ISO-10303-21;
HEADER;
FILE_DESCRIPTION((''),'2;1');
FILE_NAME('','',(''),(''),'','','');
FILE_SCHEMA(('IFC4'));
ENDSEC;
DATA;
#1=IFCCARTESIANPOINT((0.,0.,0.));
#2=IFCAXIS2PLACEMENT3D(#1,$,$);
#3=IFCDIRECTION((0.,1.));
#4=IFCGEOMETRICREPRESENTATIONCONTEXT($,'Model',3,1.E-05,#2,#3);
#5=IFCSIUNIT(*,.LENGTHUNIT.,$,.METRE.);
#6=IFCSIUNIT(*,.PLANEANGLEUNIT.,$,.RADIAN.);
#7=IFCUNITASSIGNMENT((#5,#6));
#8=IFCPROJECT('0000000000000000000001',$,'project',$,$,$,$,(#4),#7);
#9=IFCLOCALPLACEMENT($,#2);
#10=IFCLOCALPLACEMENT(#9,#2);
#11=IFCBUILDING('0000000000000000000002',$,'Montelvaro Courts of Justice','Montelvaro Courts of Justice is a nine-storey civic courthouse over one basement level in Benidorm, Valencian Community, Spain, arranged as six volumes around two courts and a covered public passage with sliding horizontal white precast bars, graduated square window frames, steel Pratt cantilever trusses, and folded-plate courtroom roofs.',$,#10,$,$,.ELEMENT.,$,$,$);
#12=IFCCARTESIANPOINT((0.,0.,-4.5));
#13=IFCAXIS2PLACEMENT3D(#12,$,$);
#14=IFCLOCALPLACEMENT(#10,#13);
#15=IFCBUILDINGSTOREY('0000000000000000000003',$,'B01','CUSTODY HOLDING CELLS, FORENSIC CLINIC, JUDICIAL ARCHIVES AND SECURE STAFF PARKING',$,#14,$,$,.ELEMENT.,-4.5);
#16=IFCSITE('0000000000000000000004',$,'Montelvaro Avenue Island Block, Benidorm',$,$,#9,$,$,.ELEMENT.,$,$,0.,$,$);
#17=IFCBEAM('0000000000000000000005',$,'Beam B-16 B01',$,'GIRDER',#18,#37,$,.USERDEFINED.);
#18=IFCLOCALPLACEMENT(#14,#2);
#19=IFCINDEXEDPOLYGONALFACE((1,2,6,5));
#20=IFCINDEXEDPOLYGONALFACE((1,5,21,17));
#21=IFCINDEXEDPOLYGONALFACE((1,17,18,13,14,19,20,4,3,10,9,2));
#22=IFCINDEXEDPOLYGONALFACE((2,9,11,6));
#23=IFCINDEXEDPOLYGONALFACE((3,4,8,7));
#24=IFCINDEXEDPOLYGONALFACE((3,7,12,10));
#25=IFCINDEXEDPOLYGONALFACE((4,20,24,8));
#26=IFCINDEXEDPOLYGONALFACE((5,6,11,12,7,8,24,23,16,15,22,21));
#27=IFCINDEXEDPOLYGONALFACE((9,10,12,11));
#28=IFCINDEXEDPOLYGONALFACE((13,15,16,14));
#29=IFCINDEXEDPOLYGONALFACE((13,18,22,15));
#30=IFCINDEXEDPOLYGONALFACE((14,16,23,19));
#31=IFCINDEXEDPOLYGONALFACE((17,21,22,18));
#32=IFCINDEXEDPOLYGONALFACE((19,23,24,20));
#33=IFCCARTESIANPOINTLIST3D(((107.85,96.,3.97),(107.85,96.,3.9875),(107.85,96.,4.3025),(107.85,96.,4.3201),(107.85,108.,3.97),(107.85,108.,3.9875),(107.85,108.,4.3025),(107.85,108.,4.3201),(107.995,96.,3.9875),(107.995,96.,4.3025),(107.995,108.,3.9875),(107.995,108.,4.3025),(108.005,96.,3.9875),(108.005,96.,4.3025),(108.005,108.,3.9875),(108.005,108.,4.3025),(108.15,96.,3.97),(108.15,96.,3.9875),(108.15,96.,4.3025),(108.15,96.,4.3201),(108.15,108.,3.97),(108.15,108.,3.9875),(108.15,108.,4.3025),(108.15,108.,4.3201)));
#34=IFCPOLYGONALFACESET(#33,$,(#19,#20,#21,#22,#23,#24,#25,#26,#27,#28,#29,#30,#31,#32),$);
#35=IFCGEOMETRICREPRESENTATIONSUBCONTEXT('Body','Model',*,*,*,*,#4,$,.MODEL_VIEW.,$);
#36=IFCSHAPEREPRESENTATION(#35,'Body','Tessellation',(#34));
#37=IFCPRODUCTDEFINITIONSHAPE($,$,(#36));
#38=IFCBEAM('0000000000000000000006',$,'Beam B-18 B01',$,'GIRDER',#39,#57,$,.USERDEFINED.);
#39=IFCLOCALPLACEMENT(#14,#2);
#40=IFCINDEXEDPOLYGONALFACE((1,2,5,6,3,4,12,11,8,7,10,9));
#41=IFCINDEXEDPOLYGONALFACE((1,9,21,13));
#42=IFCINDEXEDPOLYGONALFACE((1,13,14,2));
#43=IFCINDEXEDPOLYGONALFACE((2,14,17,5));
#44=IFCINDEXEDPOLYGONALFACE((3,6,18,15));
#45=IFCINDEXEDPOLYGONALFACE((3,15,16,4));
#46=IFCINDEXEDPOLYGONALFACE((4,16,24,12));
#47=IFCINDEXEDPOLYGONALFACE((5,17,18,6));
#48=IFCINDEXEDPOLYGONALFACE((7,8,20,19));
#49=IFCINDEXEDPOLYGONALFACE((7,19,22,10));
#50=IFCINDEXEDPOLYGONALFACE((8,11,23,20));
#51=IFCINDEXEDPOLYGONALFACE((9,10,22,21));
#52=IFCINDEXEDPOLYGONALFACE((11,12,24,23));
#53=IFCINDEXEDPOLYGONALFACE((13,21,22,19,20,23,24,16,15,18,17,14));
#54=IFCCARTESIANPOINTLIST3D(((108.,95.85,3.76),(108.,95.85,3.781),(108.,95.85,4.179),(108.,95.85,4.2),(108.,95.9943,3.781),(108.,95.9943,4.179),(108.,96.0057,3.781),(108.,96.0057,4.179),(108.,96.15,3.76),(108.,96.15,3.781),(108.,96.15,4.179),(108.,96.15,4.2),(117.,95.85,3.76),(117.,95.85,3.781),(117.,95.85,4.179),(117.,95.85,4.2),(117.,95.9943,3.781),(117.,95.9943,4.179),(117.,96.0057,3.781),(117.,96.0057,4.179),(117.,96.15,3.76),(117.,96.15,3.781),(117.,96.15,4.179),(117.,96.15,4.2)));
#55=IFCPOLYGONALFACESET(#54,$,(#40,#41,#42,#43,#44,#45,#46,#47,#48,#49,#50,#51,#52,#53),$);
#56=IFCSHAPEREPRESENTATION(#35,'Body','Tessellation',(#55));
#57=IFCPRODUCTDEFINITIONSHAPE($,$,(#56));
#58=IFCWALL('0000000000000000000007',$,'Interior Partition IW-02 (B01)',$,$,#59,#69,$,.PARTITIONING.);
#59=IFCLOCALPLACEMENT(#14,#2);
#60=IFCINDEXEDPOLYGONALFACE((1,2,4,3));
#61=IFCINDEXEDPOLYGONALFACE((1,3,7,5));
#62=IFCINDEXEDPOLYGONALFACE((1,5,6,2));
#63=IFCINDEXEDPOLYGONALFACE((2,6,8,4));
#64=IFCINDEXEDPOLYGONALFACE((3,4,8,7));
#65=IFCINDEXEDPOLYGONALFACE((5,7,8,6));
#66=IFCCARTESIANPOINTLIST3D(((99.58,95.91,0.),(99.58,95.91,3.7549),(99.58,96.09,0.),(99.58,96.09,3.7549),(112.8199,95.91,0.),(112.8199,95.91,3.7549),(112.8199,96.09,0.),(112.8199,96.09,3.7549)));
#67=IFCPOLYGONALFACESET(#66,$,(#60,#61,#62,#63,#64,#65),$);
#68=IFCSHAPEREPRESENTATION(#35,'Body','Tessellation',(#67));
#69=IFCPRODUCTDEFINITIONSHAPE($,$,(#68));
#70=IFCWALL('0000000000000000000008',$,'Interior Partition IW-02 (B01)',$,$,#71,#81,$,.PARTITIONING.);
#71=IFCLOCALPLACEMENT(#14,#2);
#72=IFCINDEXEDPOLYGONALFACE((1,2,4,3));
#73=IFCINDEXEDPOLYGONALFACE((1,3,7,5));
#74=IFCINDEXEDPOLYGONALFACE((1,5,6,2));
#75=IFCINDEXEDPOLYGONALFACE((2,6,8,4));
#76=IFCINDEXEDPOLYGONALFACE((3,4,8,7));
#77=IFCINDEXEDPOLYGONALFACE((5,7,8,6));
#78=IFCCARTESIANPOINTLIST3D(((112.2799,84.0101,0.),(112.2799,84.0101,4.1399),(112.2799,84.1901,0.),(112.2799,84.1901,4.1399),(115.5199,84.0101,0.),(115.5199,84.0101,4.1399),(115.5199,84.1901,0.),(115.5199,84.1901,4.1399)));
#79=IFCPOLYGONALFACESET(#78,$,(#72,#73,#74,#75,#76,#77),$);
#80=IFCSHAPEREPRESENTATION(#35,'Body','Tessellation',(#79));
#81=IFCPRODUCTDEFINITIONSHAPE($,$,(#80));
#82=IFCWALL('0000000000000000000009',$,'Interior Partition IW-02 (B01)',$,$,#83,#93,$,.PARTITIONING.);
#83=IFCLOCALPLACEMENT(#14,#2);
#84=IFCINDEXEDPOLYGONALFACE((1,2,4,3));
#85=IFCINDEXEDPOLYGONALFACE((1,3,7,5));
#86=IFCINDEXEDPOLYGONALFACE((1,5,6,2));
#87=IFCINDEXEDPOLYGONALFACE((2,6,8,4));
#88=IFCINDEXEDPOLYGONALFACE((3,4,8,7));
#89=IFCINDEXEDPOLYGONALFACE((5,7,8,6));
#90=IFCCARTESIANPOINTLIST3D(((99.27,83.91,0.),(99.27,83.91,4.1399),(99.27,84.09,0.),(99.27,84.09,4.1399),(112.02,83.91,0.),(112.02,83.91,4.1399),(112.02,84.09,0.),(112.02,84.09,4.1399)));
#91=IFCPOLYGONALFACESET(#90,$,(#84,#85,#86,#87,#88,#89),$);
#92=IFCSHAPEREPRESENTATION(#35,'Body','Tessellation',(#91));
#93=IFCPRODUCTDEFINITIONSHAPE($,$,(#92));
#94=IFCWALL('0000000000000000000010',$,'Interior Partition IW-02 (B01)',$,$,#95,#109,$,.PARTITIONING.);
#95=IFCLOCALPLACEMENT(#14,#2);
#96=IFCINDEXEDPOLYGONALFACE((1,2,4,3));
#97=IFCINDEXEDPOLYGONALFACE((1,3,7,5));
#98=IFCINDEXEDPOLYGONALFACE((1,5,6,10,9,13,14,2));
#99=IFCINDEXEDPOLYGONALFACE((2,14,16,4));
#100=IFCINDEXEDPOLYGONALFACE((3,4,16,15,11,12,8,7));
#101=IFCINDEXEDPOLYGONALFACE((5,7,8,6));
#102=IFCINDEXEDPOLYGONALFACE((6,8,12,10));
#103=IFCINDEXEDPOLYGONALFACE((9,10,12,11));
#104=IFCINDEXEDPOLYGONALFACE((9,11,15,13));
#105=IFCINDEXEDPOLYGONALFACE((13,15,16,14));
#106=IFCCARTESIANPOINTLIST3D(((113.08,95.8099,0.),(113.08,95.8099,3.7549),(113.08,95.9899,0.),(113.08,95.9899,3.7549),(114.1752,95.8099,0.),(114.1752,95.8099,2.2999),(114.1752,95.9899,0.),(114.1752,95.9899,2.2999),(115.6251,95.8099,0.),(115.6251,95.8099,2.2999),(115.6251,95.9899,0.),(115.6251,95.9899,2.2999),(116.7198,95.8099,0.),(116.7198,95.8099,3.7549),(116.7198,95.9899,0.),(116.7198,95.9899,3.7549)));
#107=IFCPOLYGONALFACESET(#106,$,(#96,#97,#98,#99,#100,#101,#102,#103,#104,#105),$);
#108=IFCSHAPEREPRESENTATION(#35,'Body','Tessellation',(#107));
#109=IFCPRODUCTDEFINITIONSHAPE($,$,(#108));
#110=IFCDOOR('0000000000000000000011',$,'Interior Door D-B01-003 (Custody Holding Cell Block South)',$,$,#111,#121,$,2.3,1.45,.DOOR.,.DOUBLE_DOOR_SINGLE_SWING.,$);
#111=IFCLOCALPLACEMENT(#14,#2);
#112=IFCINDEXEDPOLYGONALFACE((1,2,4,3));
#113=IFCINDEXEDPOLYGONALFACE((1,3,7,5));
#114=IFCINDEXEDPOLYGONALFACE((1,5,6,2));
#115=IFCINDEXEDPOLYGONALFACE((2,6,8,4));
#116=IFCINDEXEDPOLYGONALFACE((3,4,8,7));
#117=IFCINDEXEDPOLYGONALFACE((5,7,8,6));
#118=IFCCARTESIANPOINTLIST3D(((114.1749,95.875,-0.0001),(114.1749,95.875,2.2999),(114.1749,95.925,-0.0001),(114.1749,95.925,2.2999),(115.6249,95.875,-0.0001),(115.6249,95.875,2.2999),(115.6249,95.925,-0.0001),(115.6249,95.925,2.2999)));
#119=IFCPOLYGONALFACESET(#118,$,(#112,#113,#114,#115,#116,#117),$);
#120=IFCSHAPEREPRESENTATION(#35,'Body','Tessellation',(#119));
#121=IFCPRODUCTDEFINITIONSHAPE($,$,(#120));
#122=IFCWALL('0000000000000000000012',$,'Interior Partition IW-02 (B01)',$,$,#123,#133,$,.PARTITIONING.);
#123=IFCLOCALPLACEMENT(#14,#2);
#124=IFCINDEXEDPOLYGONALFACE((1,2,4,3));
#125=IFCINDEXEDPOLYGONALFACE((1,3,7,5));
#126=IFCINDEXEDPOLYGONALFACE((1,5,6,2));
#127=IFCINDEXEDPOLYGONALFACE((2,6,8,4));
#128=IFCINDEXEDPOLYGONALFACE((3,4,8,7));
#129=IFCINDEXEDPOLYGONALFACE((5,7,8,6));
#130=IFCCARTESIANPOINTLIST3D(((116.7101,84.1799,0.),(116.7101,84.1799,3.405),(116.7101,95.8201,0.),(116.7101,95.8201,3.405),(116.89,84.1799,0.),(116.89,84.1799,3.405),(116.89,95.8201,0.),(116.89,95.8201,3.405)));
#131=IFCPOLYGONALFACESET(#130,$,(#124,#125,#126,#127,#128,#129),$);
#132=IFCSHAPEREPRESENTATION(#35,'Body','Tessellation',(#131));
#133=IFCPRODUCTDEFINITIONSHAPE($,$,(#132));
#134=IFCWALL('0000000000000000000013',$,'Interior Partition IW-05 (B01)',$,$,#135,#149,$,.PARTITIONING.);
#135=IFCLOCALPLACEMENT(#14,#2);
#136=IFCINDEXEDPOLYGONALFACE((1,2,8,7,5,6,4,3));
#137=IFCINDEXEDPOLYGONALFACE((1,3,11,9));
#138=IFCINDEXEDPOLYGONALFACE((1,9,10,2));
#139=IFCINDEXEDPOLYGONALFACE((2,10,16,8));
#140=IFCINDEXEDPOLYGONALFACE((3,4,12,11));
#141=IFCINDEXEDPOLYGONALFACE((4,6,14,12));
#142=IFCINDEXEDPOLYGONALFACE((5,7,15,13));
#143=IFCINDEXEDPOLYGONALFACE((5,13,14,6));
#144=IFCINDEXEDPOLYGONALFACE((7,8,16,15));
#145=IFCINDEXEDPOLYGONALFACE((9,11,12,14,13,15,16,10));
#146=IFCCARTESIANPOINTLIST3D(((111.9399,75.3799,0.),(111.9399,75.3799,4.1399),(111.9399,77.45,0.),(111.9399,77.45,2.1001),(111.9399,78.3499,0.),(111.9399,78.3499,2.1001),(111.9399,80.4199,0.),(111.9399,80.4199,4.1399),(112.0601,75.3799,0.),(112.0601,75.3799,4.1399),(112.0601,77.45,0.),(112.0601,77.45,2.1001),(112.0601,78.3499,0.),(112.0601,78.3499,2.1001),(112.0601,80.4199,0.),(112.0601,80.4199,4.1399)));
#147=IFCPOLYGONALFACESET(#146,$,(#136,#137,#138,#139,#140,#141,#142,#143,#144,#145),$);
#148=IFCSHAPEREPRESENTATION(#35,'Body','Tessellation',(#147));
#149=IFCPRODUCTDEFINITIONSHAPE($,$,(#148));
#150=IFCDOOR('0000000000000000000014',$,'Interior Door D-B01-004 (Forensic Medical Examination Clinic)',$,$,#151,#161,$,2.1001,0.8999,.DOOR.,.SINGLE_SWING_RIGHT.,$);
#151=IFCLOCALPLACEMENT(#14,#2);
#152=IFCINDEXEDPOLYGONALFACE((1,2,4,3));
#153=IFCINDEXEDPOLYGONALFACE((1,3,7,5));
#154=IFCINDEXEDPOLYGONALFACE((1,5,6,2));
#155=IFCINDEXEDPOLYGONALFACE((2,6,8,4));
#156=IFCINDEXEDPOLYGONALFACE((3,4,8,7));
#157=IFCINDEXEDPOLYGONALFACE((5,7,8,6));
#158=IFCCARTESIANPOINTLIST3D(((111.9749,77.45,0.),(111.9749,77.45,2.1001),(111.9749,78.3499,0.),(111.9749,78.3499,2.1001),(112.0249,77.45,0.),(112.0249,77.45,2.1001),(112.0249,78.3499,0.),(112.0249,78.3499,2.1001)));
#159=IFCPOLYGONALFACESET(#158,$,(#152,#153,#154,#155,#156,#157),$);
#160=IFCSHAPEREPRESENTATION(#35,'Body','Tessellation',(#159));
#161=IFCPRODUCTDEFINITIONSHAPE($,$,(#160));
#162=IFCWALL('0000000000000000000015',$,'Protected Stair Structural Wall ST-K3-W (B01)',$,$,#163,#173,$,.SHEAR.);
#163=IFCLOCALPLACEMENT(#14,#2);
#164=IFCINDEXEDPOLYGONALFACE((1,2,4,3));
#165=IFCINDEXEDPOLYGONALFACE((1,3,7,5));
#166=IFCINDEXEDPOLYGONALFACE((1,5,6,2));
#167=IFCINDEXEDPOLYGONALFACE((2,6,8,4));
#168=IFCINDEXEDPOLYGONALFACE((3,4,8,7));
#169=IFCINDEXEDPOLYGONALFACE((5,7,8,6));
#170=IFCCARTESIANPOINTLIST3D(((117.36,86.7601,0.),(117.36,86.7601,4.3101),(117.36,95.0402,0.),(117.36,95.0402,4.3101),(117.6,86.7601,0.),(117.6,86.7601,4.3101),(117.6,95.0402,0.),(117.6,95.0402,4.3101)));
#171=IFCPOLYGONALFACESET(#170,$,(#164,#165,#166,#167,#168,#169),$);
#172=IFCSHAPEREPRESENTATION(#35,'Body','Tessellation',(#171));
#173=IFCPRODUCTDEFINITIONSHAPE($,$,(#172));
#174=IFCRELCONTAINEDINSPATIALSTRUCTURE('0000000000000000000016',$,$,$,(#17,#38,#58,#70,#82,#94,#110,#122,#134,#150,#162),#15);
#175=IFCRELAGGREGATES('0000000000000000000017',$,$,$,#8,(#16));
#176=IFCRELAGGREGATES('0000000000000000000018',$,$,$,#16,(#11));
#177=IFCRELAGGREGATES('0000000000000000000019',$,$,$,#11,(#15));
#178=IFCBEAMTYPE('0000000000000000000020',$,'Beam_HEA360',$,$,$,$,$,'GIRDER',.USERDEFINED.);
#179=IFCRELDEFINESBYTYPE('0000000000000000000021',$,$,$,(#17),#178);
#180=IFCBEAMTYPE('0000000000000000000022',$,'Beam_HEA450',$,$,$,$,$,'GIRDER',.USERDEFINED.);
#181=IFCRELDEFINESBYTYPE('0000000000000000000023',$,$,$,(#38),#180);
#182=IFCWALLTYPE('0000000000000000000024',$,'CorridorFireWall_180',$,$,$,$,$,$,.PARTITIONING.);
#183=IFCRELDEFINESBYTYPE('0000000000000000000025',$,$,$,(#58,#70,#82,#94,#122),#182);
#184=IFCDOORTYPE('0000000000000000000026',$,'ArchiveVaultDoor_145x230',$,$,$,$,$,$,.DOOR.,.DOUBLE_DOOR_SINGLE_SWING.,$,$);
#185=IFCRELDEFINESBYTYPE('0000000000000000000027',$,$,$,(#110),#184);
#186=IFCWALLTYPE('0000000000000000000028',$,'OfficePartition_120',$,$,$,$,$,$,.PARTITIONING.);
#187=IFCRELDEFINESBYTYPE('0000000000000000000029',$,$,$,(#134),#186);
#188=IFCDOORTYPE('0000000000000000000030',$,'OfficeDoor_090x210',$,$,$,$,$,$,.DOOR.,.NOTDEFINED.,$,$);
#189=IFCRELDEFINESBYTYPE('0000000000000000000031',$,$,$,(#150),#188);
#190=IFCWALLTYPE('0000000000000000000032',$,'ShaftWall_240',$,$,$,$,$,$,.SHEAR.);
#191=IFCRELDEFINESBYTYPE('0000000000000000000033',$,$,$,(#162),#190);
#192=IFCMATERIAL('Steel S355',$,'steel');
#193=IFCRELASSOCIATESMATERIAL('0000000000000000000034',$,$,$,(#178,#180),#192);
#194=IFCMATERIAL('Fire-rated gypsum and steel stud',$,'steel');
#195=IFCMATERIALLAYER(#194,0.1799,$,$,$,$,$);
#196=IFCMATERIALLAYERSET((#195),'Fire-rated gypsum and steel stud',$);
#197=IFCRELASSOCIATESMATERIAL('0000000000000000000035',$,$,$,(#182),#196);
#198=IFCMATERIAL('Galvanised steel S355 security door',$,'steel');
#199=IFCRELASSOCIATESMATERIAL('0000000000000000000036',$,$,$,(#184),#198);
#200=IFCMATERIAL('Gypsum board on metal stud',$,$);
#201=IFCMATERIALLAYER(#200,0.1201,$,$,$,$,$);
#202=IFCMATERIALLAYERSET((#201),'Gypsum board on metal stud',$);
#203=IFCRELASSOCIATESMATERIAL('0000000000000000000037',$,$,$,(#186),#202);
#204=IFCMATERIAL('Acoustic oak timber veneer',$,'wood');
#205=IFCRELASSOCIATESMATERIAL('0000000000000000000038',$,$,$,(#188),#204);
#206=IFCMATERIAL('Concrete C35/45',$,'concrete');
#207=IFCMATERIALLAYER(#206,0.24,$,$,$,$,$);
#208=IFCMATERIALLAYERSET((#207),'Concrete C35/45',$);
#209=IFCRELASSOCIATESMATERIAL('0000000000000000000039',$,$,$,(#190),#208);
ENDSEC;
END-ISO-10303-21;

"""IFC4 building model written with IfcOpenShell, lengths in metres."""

from ifc_helpers import new_model, si_unit, direction, frame, frame_2d, origin, origin_2d, place, context, subcontext, project, spatial, rectangle, i_section, extrude, material, layer, layer_set, material_profile, profile_set, type_object, element, fill, save


model = new_model("IFC4")

# Units and contexts
model_context = context("Model", 3, precision=1e-05, world=origin(), true_north=direction((0.0, 1.0)))
body_context = subcontext(model_context, "Body", "Model", "MODEL_VIEW")
ifc_project = project(units=[si_unit("LENGTHUNIT", "METRE"), si_unit("PLANEANGLEUNIT", "RADIAN")], contexts=[model_context])

# Site, building, storey
site_placement = place(None, origin())
site = spatial("IfcSite", under=ifc_project, at=site_placement, Name="Montelvaro Avenue Island Block, Benidorm", CompositionType="ELEMENT", RefElevation=0.0)
building_placement = place(site_placement, origin())
building = spatial("IfcBuilding", under=site, at=building_placement, Name="Montelvaro Courts of Justice", Description="Montelvaro Courts of Justice is a nine-storey civic courthouse over one basement level in Benidorm, Valencian Community, Spain, arranged as six volumes around two courts and a covered public passage with sliding horizontal white precast bars, graduated square window frames, steel Pratt cantilever trusses, and folded-plate courtroom roofs.", CompositionType="ELEMENT")
storey_placement = place(building_placement, frame((0.0, 0.0, -4.5)))
storey = spatial("IfcBuildingStorey", under=building, at=storey_placement, Name="B01", Description="CUSTODY HOLDING CELLS, FORENSIC CLINIC, JUDICIAL ARCHIVES AND SECURE STAFF PARKING", CompositionType="ELEMENT", Elevation=-4.5)

# Shared definitions
ifc_material_1 = material(Name="Concrete C35/45", Category="concrete")

# Beams
ifc_material_2 = material(Name="Steel S355", Category="steel")
ifc_material_profile_1 = material_profile(ifc_material_2, i_section(OverallWidth=0.3, OverallDepth=0.3501, WebThickness=0.01, FlangeThickness=0.0176, at=origin_2d()), Name="HEA 360")
ifc_profile_set_1 = profile_set([ifc_material_profile_1], Name="Steel S355")
beam_type_1 = type_object("IfcBeamType", Name="Beam_HEA360", ElementType="GIRDER", PredefinedType="USERDEFINED", material=ifc_profile_set_1)
beam_1_placement = place(storey_placement, frame((108.0, 96.0, 4.145), z_axis=(0.0, 1.0, 0.0), x_axis=(-1.0, 0.0, 0.0)))
element("IfcBeam", 1, at=beam_1_placement, inside=storey, type_object=beam_type_1, Name="Beam B-16 B01", ObjectType="GIRDER", PredefinedType="USERDEFINED", context=body_context, shape_type="SweptSolid", body=[
    extrude(i_section(OverallWidth=0.3, OverallDepth=0.3501, WebThickness=0.01, FlangeThickness=0.0176, at=origin_2d()), origin(), (0.0, 0.0, 1.0), 12.0),
])
ifc_material_profile_2 = material_profile(ifc_material_2, i_section(OverallWidth=0.3, OverallDepth=0.4399, WebThickness=0.0115, FlangeThickness=0.021, at=origin_2d()), Name="HEA 450")
ifc_profile_set_2 = profile_set([ifc_material_profile_2], Name="Steel S355")
beam_type_2 = type_object("IfcBeamType", Name="Beam_HEA450", ElementType="GIRDER", PredefinedType="USERDEFINED", material=ifc_profile_set_2)
beam_2_placement = place(storey_placement, frame((108.0, 96.0, 3.98), z_axis=(1.0, 0.0, 0.0), x_axis=(0.0, 1.0, 0.0)))
element("IfcBeam", 2, at=beam_2_placement, inside=storey, type_object=beam_type_2, Name="Beam B-18 B01", ObjectType="GIRDER", PredefinedType="USERDEFINED", context=body_context, shape_type="SweptSolid", body=[
    extrude(i_section(OverallWidth=0.3, OverallDepth=0.4399, WebThickness=0.0115, FlangeThickness=0.021, at=origin_2d()), origin(), (0.0, 0.0, 1.0), 9.0),
])

# Walls
ifc_material_3 = material(Name="Fire-rated gypsum and steel stud", Category="steel")
ifc_layer_1 = layer(ifc_material_3, 0.1799)
ifc_layer_set_1 = layer_set([ifc_layer_1], Name="Fire-rated gypsum and steel stud")
wall_type_1 = type_object("IfcWallType", Name="CorridorFireWall_180", PredefinedType="PARTITIONING", material=ifc_layer_set_1)
wall_1_placement = place(storey_placement, frame((112.8201, 96.0, 0.0), z_axis=(0.0, 0.0, 1.0), x_axis=(-1.0, 0.0, 0.0)))
element("IfcWall", 3, at=wall_1_placement, inside=storey, type_object=wall_type_1, Name="Interior Partition IW-02 (B01)", PredefinedType="PARTITIONING", context=body_context, shape_type="SweptSolid", body=[
    extrude(rectangle(XDim=13.24, YDim=0.1799, at=frame_2d((6.6201, 0.0))), origin(), (0.0, 0.0, 1.0), 3.7549),
])
wall_2_placement = place(storey_placement, frame((115.52, 84.1001, 0.0), z_axis=(0.0, 0.0, 1.0), x_axis=(-1.0, 0.0, 0.0)))
element("IfcWall", 4, at=wall_2_placement, inside=storey, type_object=wall_type_1, Name="Interior Partition IW-02 (B01)", PredefinedType="PARTITIONING", context=body_context, shape_type="SweptSolid", body=[
    extrude(rectangle(XDim=3.24, YDim=0.1799, at=frame_2d((1.6201, 0.0))), origin(), (0.0, 0.0, 1.0), 4.1399),
])
wall_3_placement = place(storey_placement, frame((112.02, 84.0, 0.0), z_axis=(0.0, 0.0, 1.0), x_axis=(-1.0, 0.0, 0.0)))
element("IfcWall", 5, at=wall_3_placement, inside=storey, type_object=wall_type_1, Name="Interior Partition IW-02 (B01)", PredefinedType="PARTITIONING", context=body_context, shape_type="SweptSolid", body=[
    extrude(rectangle(XDim=12.75, YDim=0.1799, at=frame_2d((6.375, 0.0))), origin(), (0.0, 0.0, 1.0), 4.1399),
])

# Wall, opening, door
wall_4_placement = place(storey_placement, frame((113.0801, 95.8999, 0.0), z_axis=(0.0, 0.0, 1.0), x_axis=(1.0, 0.0, 0.0)))
wall_4 = element("IfcWall", 6, at=wall_4_placement, inside=storey, type_object=wall_type_1, Name="Interior Partition IW-02 (B01)", PredefinedType="PARTITIONING", context=body_context, shape_type="SweptSolid", body=[
    extrude(rectangle(XDim=3.6399, YDim=0.1799, at=frame_2d((1.8198, 0.0))), origin(), (0.0, 0.0, 1.0), 3.7549),
])
opening_1_placement = place(wall_4_placement, frame((1.095, 0.0, 0.0)))
opening_1 = element("IfcOpeningElement", 7, at=opening_1_placement, cuts=wall_4, PredefinedType="OPENING", context=body_context, shape_type="SweptSolid", body=[
    extrude(rectangle(XDim=1.45, YDim=2.3, at=frame_2d((0.7251, 1.1499))), frame((0.0, 0.105, 0.0), z_axis=(0.0, -1.0, 0.0), x_axis=(1.0, 0.0, 0.0)), (0.0, 0.0, 1.0), 0.2097),
])
ifc_material_4 = material(Name="Galvanised steel S355 security door", Category="steel")
door_type_1 = type_object("IfcDoorType", Name="ArchiveVaultDoor_145x230", OperationType="DOUBLE_DOOR_SINGLE_SWING", PredefinedType="DOOR", material=ifc_material_4)
door_1_placement = place(opening_1_placement, frame((1.45, 0.0, 0.0), z_axis=(0.0, 0.0, 1.0), x_axis=(-1.0, 0.0, 0.0)))
door_1 = element("IfcDoor", 8, at=door_1_placement, inside=storey, type_object=door_type_1, Name="Interior Door D-B01-003 (Custody Holding Cell Block South)", OperationType="DOUBLE_DOOR_SINGLE_SWING", OverallHeight=2.3, OverallWidth=1.45, PredefinedType="DOOR", context=body_context, shape_type="SweptSolid", body=[
    extrude(rectangle(XDim=1.45, YDim=2.3, at=frame_2d((0.7251, 1.1499))), frame((0.0, 0.0249, 0.0), z_axis=(0.0, -1.0, 0.0), x_axis=(1.0, 0.0, 0.0)), (0.0, 0.0, 1.0), 0.05),
])
fill(opening_1, door_1)

# Wall
wall_5_placement = place(storey_placement, frame((116.8, 95.8201, 0.0), z_axis=(0.0, 0.0, 1.0), x_axis=(0.0, -1.0, 0.0)))
element("IfcWall", 9, at=wall_5_placement, inside=storey, type_object=wall_type_1, Name="Interior Partition IW-02 (B01)", PredefinedType="PARTITIONING", context=body_context, shape_type="SweptSolid", body=[
    extrude(rectangle(XDim=11.6401, YDim=0.1799, at=frame_2d((5.8201, 0.0))), origin(), (0.0, 0.0, 1.0), 3.405),
])

# Wall, opening, door
ifc_material_5 = material(Name="Gypsum board on metal stud")
ifc_layer_2 = layer(ifc_material_5, 0.1201)
ifc_layer_set_2 = layer_set([ifc_layer_2], Name="Gypsum board on metal stud")
wall_type_2 = type_object("IfcWallType", Name="OfficePartition_120", PredefinedType="PARTITIONING", material=ifc_layer_set_2)
wall_6_placement = place(storey_placement, frame((112.0, 80.4199, 0.0), z_axis=(0.0, 0.0, 1.0), x_axis=(0.0, -1.0, 0.0)))
wall_6 = element("IfcWall", 10, at=wall_6_placement, inside=storey, type_object=wall_type_2, Name="Interior Partition IW-05 (B01)", PredefinedType="PARTITIONING", context=body_context, shape_type="SweptSolid", body=[
    extrude(rectangle(XDim=5.04, YDim=0.1201, at=frame_2d((2.52, 0.0))), origin(), (0.0, 0.0, 1.0), 4.1399),
])
opening_2_placement = place(wall_6_placement, frame((2.0701, 0.0, 0.0)))
opening_2 = element("IfcOpeningElement", 11, at=opening_2_placement, cuts=wall_6, PredefinedType="OPENING", context=body_context, shape_type="SweptSolid", body=[
    extrude(rectangle(XDim=0.8999, YDim=2.1001, at=frame_2d((0.45, 1.05))), frame((0.0, 0.075, 0.0), z_axis=(0.0, -1.0, 0.0), x_axis=(1.0, 0.0, 0.0)), (0.0, 0.0, 1.0), 0.1499),
])
ifc_material_6 = material(Name="Acoustic oak timber veneer", Category="wood")
door_type_2 = type_object("IfcDoorType", Name="OfficeDoor_090x210", OperationType="NOTDEFINED", PredefinedType="DOOR", material=ifc_material_6)
door_2_placement = place(opening_2_placement, origin())
door_2 = element("IfcDoor", 12, at=door_2_placement, inside=storey, type_object=door_type_2, Name="Interior Door D-B01-004 (Forensic Medical Examination Clinic)", OperationType="SINGLE_SWING_RIGHT", OverallHeight=2.1001, OverallWidth=0.8999, PredefinedType="DOOR", context=body_context, shape_type="SweptSolid", body=[
    extrude(rectangle(XDim=0.8999, YDim=2.1001, at=frame_2d((0.45, 1.05))), frame((0.0, 0.0249, 0.0), z_axis=(0.0, -1.0, 0.0), x_axis=(1.0, 0.0, 0.0)), (0.0, 0.0, 1.0), 0.05),
])
fill(opening_2, door_2)

# Wall
ifc_layer_3 = layer(ifc_material_1, 0.24)
ifc_layer_set_3 = layer_set([ifc_layer_3], Name="Concrete C35/45")
wall_type_3 = type_object("IfcWallType", Name="ShaftWall_240", PredefinedType="SHEAR", material=ifc_layer_set_3)
wall_7_placement = place(storey_placement, frame((117.48, 86.76, 0.0), z_axis=(0.0, 0.0, 1.0), x_axis=(0.0, 1.0, 0.0)))
element("IfcWall", 13, at=wall_7_placement, inside=storey, type_object=wall_type_3, Name="Protected Stair Structural Wall ST-K3-W (B01)", PredefinedType="SHEAR", context=body_context, shape_type="SweptSolid", body=[
    extrude(rectangle(XDim=8.28, YDim=0.24, at=frame_2d((4.1401, 0.0))), origin(), (0.0, 0.0, 1.0), 4.3101),
])

save(model, "model.ifc")
